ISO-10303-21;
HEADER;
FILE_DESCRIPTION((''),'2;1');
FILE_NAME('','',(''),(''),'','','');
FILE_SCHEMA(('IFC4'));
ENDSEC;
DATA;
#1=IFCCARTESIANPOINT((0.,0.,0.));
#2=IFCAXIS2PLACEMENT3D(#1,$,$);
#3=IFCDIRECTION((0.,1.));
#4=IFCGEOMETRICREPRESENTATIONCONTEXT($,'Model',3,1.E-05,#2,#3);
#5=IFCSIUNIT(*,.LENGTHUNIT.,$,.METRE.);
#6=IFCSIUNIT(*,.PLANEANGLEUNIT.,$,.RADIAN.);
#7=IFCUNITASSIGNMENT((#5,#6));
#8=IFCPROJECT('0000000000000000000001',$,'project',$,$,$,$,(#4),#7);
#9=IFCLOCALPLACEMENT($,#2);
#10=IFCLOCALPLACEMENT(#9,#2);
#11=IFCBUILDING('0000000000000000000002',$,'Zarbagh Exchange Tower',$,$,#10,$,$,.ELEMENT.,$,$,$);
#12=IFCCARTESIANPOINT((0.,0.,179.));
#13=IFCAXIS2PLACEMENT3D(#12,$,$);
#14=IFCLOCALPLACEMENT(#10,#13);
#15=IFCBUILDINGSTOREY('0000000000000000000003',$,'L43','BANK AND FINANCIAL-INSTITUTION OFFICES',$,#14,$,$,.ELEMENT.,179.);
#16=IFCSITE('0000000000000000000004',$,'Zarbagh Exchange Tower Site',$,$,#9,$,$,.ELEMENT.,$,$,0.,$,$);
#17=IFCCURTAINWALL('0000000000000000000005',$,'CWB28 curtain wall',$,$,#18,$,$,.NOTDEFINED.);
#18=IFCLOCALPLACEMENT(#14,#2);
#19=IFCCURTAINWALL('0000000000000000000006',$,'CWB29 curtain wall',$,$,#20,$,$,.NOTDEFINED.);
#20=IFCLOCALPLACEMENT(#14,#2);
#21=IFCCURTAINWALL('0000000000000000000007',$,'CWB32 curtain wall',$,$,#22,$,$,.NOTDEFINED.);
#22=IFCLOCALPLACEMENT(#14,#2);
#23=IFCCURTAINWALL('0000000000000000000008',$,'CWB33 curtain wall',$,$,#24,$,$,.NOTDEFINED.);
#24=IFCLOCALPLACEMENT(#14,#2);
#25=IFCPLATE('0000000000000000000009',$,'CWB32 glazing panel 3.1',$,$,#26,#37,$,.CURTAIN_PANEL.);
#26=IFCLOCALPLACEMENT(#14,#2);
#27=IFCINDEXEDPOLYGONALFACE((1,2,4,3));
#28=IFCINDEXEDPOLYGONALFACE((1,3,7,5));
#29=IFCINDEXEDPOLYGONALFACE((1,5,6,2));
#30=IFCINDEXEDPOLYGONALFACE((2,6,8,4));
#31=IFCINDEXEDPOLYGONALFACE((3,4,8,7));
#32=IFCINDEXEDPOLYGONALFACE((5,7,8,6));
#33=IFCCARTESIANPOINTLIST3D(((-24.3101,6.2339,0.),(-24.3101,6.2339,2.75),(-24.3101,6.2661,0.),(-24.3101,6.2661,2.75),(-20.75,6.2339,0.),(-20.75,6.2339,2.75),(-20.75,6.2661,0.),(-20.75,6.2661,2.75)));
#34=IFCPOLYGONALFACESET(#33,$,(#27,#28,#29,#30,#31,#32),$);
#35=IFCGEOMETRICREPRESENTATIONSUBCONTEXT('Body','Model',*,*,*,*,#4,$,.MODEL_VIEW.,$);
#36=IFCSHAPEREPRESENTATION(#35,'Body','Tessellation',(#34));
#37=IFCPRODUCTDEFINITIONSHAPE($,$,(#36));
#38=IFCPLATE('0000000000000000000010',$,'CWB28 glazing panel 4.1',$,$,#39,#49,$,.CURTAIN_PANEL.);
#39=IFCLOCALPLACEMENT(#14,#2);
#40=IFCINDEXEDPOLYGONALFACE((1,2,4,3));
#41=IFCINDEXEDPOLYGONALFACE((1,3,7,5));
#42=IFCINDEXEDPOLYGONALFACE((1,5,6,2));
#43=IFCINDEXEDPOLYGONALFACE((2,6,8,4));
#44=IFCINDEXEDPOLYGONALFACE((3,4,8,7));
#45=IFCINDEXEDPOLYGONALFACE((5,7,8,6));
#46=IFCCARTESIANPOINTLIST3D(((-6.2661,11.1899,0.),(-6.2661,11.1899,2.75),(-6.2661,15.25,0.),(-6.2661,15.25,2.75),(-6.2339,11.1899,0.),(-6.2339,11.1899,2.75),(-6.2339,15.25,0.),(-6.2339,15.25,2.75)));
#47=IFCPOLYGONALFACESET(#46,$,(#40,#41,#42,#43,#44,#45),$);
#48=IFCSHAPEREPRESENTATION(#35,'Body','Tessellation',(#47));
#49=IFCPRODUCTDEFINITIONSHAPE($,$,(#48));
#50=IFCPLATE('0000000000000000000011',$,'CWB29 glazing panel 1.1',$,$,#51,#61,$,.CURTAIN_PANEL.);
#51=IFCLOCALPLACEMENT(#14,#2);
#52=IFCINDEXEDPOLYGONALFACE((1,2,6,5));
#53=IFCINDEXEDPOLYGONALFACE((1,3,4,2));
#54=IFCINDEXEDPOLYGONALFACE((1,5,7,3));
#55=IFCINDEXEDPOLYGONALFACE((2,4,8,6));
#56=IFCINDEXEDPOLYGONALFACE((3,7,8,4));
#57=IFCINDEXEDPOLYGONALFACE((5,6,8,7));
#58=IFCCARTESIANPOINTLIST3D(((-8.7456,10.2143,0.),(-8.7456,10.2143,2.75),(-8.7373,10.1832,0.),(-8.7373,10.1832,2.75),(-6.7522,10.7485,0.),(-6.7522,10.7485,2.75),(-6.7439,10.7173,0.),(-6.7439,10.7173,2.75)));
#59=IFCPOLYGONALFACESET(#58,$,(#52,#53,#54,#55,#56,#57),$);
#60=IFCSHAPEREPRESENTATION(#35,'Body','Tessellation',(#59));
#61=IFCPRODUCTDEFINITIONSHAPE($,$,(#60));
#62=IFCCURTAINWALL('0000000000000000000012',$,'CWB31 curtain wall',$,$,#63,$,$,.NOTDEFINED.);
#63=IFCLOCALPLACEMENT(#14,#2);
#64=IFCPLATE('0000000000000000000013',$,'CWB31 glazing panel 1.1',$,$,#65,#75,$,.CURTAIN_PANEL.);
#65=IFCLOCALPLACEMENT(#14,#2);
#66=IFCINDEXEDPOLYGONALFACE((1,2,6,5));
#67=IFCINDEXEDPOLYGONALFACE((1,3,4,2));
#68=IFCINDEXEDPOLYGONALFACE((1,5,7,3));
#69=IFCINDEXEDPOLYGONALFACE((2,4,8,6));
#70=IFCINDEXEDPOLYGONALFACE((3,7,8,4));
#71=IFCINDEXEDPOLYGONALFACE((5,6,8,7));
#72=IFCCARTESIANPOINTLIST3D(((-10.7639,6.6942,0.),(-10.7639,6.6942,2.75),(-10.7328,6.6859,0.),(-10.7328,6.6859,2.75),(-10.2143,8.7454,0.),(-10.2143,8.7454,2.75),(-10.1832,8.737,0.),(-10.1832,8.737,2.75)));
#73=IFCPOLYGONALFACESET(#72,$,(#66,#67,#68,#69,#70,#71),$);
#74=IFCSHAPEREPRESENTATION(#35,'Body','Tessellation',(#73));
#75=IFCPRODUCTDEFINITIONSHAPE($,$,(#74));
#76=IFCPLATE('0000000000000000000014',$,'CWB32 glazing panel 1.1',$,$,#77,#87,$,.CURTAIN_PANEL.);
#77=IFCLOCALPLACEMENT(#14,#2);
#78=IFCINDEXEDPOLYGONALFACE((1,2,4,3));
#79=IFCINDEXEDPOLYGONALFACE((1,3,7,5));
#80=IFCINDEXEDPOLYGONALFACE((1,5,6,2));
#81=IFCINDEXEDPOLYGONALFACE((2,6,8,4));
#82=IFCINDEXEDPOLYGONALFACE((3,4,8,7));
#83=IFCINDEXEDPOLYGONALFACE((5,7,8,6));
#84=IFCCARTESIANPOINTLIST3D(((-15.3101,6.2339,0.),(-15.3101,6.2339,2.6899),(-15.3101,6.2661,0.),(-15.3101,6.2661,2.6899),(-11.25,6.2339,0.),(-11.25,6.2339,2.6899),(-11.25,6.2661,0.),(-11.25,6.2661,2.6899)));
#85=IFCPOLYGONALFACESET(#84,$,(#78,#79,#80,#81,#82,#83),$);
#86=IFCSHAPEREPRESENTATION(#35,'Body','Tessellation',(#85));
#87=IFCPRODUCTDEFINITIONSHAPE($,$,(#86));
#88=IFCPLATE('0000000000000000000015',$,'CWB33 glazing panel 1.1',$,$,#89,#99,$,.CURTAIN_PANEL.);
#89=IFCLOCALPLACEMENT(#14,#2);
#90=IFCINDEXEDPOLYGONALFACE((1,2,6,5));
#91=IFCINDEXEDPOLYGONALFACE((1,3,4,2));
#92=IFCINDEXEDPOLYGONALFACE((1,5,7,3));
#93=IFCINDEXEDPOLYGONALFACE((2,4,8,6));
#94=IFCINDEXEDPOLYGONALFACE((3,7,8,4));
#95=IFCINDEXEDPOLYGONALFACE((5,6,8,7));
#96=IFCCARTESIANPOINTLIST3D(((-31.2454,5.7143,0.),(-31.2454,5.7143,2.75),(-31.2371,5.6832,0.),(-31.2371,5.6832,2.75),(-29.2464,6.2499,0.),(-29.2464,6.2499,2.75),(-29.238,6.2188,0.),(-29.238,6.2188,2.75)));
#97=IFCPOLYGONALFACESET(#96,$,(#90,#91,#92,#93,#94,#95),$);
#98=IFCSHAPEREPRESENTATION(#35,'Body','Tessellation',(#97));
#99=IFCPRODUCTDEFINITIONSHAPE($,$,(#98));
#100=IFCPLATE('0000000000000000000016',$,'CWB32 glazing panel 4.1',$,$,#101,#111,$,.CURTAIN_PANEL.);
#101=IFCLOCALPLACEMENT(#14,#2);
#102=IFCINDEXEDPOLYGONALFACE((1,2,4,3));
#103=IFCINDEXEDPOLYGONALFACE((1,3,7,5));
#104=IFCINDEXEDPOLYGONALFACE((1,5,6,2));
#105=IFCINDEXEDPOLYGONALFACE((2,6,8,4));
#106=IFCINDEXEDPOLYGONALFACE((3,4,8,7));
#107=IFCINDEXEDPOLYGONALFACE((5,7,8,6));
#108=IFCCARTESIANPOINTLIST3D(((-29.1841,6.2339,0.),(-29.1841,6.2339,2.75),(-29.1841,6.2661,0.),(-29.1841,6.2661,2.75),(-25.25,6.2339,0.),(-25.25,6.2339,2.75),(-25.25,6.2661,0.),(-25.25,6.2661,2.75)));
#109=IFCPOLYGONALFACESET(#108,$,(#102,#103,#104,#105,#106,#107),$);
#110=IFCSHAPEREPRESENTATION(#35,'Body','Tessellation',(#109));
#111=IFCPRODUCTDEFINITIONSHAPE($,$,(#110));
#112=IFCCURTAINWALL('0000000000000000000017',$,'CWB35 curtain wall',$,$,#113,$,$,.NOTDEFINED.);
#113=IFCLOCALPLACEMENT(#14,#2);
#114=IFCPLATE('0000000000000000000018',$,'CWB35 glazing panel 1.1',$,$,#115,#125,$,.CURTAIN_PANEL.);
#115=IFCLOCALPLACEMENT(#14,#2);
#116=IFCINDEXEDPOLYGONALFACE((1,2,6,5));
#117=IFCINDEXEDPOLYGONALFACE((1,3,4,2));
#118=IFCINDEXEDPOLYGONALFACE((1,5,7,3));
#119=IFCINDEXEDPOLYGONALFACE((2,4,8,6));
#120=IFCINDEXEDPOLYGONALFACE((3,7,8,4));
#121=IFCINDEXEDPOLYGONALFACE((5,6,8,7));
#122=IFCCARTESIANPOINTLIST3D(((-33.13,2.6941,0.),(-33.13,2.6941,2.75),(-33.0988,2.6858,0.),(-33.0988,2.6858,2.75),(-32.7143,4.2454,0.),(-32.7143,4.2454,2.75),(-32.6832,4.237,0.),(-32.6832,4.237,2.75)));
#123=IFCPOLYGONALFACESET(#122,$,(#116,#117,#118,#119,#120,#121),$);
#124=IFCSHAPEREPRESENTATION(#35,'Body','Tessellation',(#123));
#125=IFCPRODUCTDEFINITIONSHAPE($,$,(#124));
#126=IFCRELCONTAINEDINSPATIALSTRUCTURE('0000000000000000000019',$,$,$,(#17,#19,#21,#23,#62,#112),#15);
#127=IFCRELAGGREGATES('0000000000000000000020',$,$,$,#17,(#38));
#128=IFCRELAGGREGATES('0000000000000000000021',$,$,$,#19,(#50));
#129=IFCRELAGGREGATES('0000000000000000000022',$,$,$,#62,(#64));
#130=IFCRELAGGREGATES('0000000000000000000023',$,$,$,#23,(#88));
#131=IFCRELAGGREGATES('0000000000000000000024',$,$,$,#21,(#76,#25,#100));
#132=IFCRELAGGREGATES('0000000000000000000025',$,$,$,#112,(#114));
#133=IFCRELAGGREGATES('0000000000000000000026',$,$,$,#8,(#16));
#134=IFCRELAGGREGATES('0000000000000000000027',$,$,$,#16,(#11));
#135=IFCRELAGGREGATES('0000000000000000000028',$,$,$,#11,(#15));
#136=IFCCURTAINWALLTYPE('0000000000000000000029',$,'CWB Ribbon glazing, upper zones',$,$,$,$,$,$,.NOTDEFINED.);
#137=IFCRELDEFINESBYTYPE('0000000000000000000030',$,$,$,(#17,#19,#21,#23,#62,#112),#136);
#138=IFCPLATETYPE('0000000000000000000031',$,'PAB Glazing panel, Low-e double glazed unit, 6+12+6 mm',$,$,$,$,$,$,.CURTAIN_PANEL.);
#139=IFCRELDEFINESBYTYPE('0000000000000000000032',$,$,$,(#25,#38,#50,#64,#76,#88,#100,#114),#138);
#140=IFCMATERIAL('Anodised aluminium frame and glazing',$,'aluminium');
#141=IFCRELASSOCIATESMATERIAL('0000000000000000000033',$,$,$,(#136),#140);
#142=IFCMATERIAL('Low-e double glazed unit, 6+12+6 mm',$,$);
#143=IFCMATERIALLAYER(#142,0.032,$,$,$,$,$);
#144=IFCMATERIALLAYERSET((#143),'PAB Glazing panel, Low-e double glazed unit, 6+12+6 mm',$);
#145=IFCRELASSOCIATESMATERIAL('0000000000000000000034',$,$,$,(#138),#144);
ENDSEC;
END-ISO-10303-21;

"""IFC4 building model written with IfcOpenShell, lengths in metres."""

from ifc_helpers import new_model, si_unit, direction, frame, origin, place, context, subcontext, project, spatial, polyline, outline, extrude, source, transform, mapped, material, layer, layer_set, type_object, element, aggregate, save


model = new_model("IFC4")

# Units and contexts
model_context = context("Model", 3, precision=1e-05, world=origin(), true_north=direction((0.0, 1.0)))
body_context = subcontext(model_context, "Body", "Model", "MODEL_VIEW")
ifc_project = project(units=[si_unit("LENGTHUNIT", "METRE"), si_unit("PLANEANGLEUNIT", "RADIAN")], contexts=[model_context])

# Site, building, storey
site_placement = place(None, origin())
site = spatial("IfcSite", under=ifc_project, at=site_placement, Name="Zarbagh Exchange Tower Site", CompositionType="ELEMENT", RefElevation=0.0)
building_placement = place(site_placement, origin())
building = spatial("IfcBuilding", under=site, at=building_placement, Name="Zarbagh Exchange Tower", CompositionType="ELEMENT")
storey_placement = place(building_placement, frame((0.0, 0.0, 179.0)))
storey = spatial("IfcBuildingStorey", under=building, at=storey_placement, Name="L43", Description="BANK AND FINANCIAL-INSTITUTION OFFICES", CompositionType="ELEMENT", Elevation=179.0)

# Curtain wall
ifc_material_1 = material(Name="Anodised aluminium frame and glazing", Category="aluminium")
curtain_wall_type = type_object("IfcCurtainWallType", Name="CWB Ribbon glazing, upper zones", PredefinedType="NOTDEFINED", material=ifc_material_1)
curtain_wall_1_placement = place(storey_placement, origin())
curtain_wall_1 = element("IfcCurtainWall", 1, at=curtain_wall_1_placement, inside=storey, type_object=curtain_wall_type, Name="CWB28 curtain wall", PredefinedType="NOTDEFINED")
placement = place(storey_placement, origin())

# Curtain wall
curtain_wall_2_placement = place(storey_placement, origin())
curtain_wall_2 = element("IfcCurtainWall", 2, at=curtain_wall_2_placement, inside=storey, type_object=curtain_wall_type, Name="CWB29 curtain wall", PredefinedType="NOTDEFINED")

# Curtain wall
curtain_wall_3_placement = place(storey_placement, origin())
curtain_wall_3 = element("IfcCurtainWall", 3, at=curtain_wall_3_placement, inside=storey, type_object=curtain_wall_type, Name="CWB32 curtain wall", PredefinedType="NOTDEFINED")

# Curtain wall
curtain_wall_4_placement = place(storey_placement, origin())
curtain_wall_4 = element("IfcCurtainWall", 4, at=curtain_wall_4_placement, inside=storey, type_object=curtain_wall_type, Name="CWB33 curtain wall", PredefinedType="NOTDEFINED")

# Shared definitions
ifc_material_2 = material(Name="Low-e double glazed unit, 6+12+6 mm")
ifc_layer = layer(ifc_material_2, 0.032)
ifc_layer_set = layer_set([ifc_layer], Name="PAB Glazing panel, Low-e double glazed unit, 6+12+6 mm")
plate_type = type_object("IfcPlateType", Name="PAB Glazing panel, Low-e double glazed unit, 6+12+6 mm", PredefinedType="CURTAIN_PANEL", material=ifc_layer_set)

# Plates
shared_shape_1 = source(origin(), body_context, "Body", "SweptSolid", [
    extrude(outline(polyline([(0.0, -0.0161), (3.5601, -0.0161), (3.5601, 0.0161), (0.0, 0.0161), (0.0, -0.0161)])), origin(), (0.0, 0.0, 1.0), 2.75),
])
plate_1 = element("IfcPlate", 5, at=placement, type_object=plate_type, Name="CWB32 glazing panel 3.1", PredefinedType="CURTAIN_PANEL", context=body_context, shape_type="MappedRepresentation", body=[
    mapped(shared_shape_1, transform((-20.75, 6.25, 0.0), x_axis=(-1.0, 0.0, 0.0), y_axis=(0.0, -1.0, 0.0), z_axis=(0.0, 0.0, 1.0))),
])
shared_shape_2 = source(origin(), body_context, "Body", "SweptSolid", [
    extrude(outline(polyline([(0.0, -0.0161), (4.0601, -0.0161), (4.0601, 0.0161), (0.0, 0.0161), (0.0, -0.0161)])), origin(), (0.0, 0.0, 1.0), 2.75),
])
plate_2 = element("IfcPlate", 6, at=placement, type_object=plate_type, Name="CWB28 glazing panel 4.1", PredefinedType="CURTAIN_PANEL", context=body_context, shape_type="MappedRepresentation", body=[
    mapped(shared_shape_2, transform((-6.25, 15.25, 0.0), x_axis=(0.0, -1.0, 0.0), y_axis=(1.0, 0.0, 0.0), z_axis=(0.0, 0.0, 1.0))),
])
aggregate(curtain_wall_1, [plate_2])
shared_shape_3 = source(origin(), body_context, "Body", "SweptSolid", [
    extrude(outline(polyline([(0.0, -0.0161), (2.0637, -0.0161), (2.0637, 0.0161), (0.0, 0.0161), (0.0, -0.0161)])), origin(), (0.0, 0.0, 1.0), 2.75),
])
plate_3 = element("IfcPlate", 7, at=placement, type_object=plate_type, Name="CWB29 glazing panel 1.1", PredefinedType="CURTAIN_PANEL", context=body_context, shape_type="MappedRepresentation", body=[
    mapped(shared_shape_3, transform((-6.748, 10.7329, 0.0), x_axis=(-0.965924, -0.258825, 0.0), y_axis=(0.258825, -0.965924, 0.0), z_axis=(0.0, 0.0, 1.0))),
])
aggregate(curtain_wall_2, [plate_3])

# Curtain wall, plate
curtain_wall_5_placement = place(storey_placement, origin())
curtain_wall_5 = element("IfcCurtainWall", 8, at=curtain_wall_5_placement, inside=storey, type_object=curtain_wall_type, Name="CWB31 curtain wall", PredefinedType="NOTDEFINED")
shared_shape_4 = source(origin(), body_context, "Body", "SweptSolid", [
    extrude(outline(polyline([(0.0, -0.0161), (2.1235, -0.0161), (2.1235, 0.0161), (0.0, 0.0161), (0.0, -0.0161)])), origin(), (0.0, 0.0, 1.0), 2.75),
])
plate_4 = element("IfcPlate", 9, at=placement, type_object=plate_type, Name="CWB31 glazing panel 1.1", PredefinedType="CURTAIN_PANEL", context=body_context, shape_type="MappedRepresentation", body=[
    mapped(shared_shape_4, transform((-10.1987, 8.7412, 0.0), x_axis=(-0.258825, -0.965924, 0.0), y_axis=(0.965924, -0.258825, 0.0), z_axis=(0.0, 0.0, 1.0))),
])
aggregate(curtain_wall_5, [plate_4])

# Plates
shared_shape_5 = source(origin(), body_context, "Body", "SweptSolid", [
    extrude(outline(polyline([(0.0, -0.0161), (4.0601, -0.0161), (4.0601, 0.0161), (0.0, 0.0161), (0.0, -0.0161)])), origin(), (0.0, 0.0, 1.0), 2.6899),
])
plate_5 = element("IfcPlate", 10, at=placement, type_object=plate_type, Name="CWB32 glazing panel 1.1", PredefinedType="CURTAIN_PANEL", context=body_context, shape_type="MappedRepresentation", body=[
    mapped(shared_shape_5, transform((-11.25, 6.25, 0.0), x_axis=(-1.0, 0.0, 0.0), y_axis=(0.0, -1.0, 0.0), z_axis=(0.0, 0.0, 1.0))),
])
shared_shape_6 = source(origin(), body_context, "Body", "SweptSolid", [
    extrude(outline(polyline([(0.0, -0.0161), (2.0696, -0.0161), (2.0696, 0.0161), (0.0, 0.0161), (0.0, -0.0161)])), origin(), (0.0, 0.0, 1.0), 2.75),
])
plate_6 = element("IfcPlate", 11, at=placement, type_object=plate_type, Name="CWB33 glazing panel 1.1", PredefinedType="CURTAIN_PANEL", context=body_context, shape_type="MappedRepresentation", body=[
    mapped(shared_shape_6, transform((-29.2422, 6.2344, 0.0), x_axis=(-0.965924, -0.258825, 0.0), y_axis=(0.258825, -0.965924, 0.0), z_axis=(0.0, 0.0, 1.0))),
])
aggregate(curtain_wall_4, [plate_6])
shared_shape_7 = source(origin(), body_context, "Body", "SweptSolid", [
    extrude(outline(polyline([(0.0, -0.0161), (3.9341, -0.0161), (3.9341, 0.0161), (0.0, 0.0161), (0.0, -0.0161)])), origin(), (0.0, 0.0, 1.0), 2.75),
])
plate_7 = element("IfcPlate", 12, at=placement, type_object=plate_type, Name="CWB32 glazing panel 4.1", PredefinedType="CURTAIN_PANEL", context=body_context, shape_type="MappedRepresentation", body=[
    mapped(shared_shape_7, transform((-25.25, 6.25, 0.0), x_axis=(-1.0, 0.0, 0.0), y_axis=(0.0, -1.0, 0.0), z_axis=(0.0, 0.0, 1.0))),
])
aggregate(curtain_wall_3, [plate_5, plate_1, plate_7])

# Curtain wall, plate
curtain_wall_6_placement = place(storey_placement, origin())
curtain_wall_6 = element("IfcCurtainWall", 13, at=curtain_wall_6_placement, inside=storey, type_object=curtain_wall_type, Name="CWB35 curtain wall", PredefinedType="NOTDEFINED")
shared_shape_8 = source(origin(), body_context, "Body", "SweptSolid", [
    extrude(outline(polyline([(0.0, -0.0161), (1.606, -0.0161), (1.606, 0.0161), (0.0, 0.0161), (0.0, -0.0161)])), origin(), (0.0, 0.0, 1.0), 2.75),
])
plate_8 = element("IfcPlate", 14, at=placement, type_object=plate_type, Name="CWB35 glazing panel 1.1", PredefinedType="CURTAIN_PANEL", context=body_context, shape_type="MappedRepresentation", body=[
    mapped(shared_shape_8, transform((-32.6987, 4.2412, 0.0), x_axis=(-0.258825, -0.965924, 0.0), y_axis=(0.965924, -0.258825, 0.0), z_axis=(0.0, 0.0, 1.0))),
])
aggregate(curtain_wall_6, [plate_8])

save(model, "model.ifc")
